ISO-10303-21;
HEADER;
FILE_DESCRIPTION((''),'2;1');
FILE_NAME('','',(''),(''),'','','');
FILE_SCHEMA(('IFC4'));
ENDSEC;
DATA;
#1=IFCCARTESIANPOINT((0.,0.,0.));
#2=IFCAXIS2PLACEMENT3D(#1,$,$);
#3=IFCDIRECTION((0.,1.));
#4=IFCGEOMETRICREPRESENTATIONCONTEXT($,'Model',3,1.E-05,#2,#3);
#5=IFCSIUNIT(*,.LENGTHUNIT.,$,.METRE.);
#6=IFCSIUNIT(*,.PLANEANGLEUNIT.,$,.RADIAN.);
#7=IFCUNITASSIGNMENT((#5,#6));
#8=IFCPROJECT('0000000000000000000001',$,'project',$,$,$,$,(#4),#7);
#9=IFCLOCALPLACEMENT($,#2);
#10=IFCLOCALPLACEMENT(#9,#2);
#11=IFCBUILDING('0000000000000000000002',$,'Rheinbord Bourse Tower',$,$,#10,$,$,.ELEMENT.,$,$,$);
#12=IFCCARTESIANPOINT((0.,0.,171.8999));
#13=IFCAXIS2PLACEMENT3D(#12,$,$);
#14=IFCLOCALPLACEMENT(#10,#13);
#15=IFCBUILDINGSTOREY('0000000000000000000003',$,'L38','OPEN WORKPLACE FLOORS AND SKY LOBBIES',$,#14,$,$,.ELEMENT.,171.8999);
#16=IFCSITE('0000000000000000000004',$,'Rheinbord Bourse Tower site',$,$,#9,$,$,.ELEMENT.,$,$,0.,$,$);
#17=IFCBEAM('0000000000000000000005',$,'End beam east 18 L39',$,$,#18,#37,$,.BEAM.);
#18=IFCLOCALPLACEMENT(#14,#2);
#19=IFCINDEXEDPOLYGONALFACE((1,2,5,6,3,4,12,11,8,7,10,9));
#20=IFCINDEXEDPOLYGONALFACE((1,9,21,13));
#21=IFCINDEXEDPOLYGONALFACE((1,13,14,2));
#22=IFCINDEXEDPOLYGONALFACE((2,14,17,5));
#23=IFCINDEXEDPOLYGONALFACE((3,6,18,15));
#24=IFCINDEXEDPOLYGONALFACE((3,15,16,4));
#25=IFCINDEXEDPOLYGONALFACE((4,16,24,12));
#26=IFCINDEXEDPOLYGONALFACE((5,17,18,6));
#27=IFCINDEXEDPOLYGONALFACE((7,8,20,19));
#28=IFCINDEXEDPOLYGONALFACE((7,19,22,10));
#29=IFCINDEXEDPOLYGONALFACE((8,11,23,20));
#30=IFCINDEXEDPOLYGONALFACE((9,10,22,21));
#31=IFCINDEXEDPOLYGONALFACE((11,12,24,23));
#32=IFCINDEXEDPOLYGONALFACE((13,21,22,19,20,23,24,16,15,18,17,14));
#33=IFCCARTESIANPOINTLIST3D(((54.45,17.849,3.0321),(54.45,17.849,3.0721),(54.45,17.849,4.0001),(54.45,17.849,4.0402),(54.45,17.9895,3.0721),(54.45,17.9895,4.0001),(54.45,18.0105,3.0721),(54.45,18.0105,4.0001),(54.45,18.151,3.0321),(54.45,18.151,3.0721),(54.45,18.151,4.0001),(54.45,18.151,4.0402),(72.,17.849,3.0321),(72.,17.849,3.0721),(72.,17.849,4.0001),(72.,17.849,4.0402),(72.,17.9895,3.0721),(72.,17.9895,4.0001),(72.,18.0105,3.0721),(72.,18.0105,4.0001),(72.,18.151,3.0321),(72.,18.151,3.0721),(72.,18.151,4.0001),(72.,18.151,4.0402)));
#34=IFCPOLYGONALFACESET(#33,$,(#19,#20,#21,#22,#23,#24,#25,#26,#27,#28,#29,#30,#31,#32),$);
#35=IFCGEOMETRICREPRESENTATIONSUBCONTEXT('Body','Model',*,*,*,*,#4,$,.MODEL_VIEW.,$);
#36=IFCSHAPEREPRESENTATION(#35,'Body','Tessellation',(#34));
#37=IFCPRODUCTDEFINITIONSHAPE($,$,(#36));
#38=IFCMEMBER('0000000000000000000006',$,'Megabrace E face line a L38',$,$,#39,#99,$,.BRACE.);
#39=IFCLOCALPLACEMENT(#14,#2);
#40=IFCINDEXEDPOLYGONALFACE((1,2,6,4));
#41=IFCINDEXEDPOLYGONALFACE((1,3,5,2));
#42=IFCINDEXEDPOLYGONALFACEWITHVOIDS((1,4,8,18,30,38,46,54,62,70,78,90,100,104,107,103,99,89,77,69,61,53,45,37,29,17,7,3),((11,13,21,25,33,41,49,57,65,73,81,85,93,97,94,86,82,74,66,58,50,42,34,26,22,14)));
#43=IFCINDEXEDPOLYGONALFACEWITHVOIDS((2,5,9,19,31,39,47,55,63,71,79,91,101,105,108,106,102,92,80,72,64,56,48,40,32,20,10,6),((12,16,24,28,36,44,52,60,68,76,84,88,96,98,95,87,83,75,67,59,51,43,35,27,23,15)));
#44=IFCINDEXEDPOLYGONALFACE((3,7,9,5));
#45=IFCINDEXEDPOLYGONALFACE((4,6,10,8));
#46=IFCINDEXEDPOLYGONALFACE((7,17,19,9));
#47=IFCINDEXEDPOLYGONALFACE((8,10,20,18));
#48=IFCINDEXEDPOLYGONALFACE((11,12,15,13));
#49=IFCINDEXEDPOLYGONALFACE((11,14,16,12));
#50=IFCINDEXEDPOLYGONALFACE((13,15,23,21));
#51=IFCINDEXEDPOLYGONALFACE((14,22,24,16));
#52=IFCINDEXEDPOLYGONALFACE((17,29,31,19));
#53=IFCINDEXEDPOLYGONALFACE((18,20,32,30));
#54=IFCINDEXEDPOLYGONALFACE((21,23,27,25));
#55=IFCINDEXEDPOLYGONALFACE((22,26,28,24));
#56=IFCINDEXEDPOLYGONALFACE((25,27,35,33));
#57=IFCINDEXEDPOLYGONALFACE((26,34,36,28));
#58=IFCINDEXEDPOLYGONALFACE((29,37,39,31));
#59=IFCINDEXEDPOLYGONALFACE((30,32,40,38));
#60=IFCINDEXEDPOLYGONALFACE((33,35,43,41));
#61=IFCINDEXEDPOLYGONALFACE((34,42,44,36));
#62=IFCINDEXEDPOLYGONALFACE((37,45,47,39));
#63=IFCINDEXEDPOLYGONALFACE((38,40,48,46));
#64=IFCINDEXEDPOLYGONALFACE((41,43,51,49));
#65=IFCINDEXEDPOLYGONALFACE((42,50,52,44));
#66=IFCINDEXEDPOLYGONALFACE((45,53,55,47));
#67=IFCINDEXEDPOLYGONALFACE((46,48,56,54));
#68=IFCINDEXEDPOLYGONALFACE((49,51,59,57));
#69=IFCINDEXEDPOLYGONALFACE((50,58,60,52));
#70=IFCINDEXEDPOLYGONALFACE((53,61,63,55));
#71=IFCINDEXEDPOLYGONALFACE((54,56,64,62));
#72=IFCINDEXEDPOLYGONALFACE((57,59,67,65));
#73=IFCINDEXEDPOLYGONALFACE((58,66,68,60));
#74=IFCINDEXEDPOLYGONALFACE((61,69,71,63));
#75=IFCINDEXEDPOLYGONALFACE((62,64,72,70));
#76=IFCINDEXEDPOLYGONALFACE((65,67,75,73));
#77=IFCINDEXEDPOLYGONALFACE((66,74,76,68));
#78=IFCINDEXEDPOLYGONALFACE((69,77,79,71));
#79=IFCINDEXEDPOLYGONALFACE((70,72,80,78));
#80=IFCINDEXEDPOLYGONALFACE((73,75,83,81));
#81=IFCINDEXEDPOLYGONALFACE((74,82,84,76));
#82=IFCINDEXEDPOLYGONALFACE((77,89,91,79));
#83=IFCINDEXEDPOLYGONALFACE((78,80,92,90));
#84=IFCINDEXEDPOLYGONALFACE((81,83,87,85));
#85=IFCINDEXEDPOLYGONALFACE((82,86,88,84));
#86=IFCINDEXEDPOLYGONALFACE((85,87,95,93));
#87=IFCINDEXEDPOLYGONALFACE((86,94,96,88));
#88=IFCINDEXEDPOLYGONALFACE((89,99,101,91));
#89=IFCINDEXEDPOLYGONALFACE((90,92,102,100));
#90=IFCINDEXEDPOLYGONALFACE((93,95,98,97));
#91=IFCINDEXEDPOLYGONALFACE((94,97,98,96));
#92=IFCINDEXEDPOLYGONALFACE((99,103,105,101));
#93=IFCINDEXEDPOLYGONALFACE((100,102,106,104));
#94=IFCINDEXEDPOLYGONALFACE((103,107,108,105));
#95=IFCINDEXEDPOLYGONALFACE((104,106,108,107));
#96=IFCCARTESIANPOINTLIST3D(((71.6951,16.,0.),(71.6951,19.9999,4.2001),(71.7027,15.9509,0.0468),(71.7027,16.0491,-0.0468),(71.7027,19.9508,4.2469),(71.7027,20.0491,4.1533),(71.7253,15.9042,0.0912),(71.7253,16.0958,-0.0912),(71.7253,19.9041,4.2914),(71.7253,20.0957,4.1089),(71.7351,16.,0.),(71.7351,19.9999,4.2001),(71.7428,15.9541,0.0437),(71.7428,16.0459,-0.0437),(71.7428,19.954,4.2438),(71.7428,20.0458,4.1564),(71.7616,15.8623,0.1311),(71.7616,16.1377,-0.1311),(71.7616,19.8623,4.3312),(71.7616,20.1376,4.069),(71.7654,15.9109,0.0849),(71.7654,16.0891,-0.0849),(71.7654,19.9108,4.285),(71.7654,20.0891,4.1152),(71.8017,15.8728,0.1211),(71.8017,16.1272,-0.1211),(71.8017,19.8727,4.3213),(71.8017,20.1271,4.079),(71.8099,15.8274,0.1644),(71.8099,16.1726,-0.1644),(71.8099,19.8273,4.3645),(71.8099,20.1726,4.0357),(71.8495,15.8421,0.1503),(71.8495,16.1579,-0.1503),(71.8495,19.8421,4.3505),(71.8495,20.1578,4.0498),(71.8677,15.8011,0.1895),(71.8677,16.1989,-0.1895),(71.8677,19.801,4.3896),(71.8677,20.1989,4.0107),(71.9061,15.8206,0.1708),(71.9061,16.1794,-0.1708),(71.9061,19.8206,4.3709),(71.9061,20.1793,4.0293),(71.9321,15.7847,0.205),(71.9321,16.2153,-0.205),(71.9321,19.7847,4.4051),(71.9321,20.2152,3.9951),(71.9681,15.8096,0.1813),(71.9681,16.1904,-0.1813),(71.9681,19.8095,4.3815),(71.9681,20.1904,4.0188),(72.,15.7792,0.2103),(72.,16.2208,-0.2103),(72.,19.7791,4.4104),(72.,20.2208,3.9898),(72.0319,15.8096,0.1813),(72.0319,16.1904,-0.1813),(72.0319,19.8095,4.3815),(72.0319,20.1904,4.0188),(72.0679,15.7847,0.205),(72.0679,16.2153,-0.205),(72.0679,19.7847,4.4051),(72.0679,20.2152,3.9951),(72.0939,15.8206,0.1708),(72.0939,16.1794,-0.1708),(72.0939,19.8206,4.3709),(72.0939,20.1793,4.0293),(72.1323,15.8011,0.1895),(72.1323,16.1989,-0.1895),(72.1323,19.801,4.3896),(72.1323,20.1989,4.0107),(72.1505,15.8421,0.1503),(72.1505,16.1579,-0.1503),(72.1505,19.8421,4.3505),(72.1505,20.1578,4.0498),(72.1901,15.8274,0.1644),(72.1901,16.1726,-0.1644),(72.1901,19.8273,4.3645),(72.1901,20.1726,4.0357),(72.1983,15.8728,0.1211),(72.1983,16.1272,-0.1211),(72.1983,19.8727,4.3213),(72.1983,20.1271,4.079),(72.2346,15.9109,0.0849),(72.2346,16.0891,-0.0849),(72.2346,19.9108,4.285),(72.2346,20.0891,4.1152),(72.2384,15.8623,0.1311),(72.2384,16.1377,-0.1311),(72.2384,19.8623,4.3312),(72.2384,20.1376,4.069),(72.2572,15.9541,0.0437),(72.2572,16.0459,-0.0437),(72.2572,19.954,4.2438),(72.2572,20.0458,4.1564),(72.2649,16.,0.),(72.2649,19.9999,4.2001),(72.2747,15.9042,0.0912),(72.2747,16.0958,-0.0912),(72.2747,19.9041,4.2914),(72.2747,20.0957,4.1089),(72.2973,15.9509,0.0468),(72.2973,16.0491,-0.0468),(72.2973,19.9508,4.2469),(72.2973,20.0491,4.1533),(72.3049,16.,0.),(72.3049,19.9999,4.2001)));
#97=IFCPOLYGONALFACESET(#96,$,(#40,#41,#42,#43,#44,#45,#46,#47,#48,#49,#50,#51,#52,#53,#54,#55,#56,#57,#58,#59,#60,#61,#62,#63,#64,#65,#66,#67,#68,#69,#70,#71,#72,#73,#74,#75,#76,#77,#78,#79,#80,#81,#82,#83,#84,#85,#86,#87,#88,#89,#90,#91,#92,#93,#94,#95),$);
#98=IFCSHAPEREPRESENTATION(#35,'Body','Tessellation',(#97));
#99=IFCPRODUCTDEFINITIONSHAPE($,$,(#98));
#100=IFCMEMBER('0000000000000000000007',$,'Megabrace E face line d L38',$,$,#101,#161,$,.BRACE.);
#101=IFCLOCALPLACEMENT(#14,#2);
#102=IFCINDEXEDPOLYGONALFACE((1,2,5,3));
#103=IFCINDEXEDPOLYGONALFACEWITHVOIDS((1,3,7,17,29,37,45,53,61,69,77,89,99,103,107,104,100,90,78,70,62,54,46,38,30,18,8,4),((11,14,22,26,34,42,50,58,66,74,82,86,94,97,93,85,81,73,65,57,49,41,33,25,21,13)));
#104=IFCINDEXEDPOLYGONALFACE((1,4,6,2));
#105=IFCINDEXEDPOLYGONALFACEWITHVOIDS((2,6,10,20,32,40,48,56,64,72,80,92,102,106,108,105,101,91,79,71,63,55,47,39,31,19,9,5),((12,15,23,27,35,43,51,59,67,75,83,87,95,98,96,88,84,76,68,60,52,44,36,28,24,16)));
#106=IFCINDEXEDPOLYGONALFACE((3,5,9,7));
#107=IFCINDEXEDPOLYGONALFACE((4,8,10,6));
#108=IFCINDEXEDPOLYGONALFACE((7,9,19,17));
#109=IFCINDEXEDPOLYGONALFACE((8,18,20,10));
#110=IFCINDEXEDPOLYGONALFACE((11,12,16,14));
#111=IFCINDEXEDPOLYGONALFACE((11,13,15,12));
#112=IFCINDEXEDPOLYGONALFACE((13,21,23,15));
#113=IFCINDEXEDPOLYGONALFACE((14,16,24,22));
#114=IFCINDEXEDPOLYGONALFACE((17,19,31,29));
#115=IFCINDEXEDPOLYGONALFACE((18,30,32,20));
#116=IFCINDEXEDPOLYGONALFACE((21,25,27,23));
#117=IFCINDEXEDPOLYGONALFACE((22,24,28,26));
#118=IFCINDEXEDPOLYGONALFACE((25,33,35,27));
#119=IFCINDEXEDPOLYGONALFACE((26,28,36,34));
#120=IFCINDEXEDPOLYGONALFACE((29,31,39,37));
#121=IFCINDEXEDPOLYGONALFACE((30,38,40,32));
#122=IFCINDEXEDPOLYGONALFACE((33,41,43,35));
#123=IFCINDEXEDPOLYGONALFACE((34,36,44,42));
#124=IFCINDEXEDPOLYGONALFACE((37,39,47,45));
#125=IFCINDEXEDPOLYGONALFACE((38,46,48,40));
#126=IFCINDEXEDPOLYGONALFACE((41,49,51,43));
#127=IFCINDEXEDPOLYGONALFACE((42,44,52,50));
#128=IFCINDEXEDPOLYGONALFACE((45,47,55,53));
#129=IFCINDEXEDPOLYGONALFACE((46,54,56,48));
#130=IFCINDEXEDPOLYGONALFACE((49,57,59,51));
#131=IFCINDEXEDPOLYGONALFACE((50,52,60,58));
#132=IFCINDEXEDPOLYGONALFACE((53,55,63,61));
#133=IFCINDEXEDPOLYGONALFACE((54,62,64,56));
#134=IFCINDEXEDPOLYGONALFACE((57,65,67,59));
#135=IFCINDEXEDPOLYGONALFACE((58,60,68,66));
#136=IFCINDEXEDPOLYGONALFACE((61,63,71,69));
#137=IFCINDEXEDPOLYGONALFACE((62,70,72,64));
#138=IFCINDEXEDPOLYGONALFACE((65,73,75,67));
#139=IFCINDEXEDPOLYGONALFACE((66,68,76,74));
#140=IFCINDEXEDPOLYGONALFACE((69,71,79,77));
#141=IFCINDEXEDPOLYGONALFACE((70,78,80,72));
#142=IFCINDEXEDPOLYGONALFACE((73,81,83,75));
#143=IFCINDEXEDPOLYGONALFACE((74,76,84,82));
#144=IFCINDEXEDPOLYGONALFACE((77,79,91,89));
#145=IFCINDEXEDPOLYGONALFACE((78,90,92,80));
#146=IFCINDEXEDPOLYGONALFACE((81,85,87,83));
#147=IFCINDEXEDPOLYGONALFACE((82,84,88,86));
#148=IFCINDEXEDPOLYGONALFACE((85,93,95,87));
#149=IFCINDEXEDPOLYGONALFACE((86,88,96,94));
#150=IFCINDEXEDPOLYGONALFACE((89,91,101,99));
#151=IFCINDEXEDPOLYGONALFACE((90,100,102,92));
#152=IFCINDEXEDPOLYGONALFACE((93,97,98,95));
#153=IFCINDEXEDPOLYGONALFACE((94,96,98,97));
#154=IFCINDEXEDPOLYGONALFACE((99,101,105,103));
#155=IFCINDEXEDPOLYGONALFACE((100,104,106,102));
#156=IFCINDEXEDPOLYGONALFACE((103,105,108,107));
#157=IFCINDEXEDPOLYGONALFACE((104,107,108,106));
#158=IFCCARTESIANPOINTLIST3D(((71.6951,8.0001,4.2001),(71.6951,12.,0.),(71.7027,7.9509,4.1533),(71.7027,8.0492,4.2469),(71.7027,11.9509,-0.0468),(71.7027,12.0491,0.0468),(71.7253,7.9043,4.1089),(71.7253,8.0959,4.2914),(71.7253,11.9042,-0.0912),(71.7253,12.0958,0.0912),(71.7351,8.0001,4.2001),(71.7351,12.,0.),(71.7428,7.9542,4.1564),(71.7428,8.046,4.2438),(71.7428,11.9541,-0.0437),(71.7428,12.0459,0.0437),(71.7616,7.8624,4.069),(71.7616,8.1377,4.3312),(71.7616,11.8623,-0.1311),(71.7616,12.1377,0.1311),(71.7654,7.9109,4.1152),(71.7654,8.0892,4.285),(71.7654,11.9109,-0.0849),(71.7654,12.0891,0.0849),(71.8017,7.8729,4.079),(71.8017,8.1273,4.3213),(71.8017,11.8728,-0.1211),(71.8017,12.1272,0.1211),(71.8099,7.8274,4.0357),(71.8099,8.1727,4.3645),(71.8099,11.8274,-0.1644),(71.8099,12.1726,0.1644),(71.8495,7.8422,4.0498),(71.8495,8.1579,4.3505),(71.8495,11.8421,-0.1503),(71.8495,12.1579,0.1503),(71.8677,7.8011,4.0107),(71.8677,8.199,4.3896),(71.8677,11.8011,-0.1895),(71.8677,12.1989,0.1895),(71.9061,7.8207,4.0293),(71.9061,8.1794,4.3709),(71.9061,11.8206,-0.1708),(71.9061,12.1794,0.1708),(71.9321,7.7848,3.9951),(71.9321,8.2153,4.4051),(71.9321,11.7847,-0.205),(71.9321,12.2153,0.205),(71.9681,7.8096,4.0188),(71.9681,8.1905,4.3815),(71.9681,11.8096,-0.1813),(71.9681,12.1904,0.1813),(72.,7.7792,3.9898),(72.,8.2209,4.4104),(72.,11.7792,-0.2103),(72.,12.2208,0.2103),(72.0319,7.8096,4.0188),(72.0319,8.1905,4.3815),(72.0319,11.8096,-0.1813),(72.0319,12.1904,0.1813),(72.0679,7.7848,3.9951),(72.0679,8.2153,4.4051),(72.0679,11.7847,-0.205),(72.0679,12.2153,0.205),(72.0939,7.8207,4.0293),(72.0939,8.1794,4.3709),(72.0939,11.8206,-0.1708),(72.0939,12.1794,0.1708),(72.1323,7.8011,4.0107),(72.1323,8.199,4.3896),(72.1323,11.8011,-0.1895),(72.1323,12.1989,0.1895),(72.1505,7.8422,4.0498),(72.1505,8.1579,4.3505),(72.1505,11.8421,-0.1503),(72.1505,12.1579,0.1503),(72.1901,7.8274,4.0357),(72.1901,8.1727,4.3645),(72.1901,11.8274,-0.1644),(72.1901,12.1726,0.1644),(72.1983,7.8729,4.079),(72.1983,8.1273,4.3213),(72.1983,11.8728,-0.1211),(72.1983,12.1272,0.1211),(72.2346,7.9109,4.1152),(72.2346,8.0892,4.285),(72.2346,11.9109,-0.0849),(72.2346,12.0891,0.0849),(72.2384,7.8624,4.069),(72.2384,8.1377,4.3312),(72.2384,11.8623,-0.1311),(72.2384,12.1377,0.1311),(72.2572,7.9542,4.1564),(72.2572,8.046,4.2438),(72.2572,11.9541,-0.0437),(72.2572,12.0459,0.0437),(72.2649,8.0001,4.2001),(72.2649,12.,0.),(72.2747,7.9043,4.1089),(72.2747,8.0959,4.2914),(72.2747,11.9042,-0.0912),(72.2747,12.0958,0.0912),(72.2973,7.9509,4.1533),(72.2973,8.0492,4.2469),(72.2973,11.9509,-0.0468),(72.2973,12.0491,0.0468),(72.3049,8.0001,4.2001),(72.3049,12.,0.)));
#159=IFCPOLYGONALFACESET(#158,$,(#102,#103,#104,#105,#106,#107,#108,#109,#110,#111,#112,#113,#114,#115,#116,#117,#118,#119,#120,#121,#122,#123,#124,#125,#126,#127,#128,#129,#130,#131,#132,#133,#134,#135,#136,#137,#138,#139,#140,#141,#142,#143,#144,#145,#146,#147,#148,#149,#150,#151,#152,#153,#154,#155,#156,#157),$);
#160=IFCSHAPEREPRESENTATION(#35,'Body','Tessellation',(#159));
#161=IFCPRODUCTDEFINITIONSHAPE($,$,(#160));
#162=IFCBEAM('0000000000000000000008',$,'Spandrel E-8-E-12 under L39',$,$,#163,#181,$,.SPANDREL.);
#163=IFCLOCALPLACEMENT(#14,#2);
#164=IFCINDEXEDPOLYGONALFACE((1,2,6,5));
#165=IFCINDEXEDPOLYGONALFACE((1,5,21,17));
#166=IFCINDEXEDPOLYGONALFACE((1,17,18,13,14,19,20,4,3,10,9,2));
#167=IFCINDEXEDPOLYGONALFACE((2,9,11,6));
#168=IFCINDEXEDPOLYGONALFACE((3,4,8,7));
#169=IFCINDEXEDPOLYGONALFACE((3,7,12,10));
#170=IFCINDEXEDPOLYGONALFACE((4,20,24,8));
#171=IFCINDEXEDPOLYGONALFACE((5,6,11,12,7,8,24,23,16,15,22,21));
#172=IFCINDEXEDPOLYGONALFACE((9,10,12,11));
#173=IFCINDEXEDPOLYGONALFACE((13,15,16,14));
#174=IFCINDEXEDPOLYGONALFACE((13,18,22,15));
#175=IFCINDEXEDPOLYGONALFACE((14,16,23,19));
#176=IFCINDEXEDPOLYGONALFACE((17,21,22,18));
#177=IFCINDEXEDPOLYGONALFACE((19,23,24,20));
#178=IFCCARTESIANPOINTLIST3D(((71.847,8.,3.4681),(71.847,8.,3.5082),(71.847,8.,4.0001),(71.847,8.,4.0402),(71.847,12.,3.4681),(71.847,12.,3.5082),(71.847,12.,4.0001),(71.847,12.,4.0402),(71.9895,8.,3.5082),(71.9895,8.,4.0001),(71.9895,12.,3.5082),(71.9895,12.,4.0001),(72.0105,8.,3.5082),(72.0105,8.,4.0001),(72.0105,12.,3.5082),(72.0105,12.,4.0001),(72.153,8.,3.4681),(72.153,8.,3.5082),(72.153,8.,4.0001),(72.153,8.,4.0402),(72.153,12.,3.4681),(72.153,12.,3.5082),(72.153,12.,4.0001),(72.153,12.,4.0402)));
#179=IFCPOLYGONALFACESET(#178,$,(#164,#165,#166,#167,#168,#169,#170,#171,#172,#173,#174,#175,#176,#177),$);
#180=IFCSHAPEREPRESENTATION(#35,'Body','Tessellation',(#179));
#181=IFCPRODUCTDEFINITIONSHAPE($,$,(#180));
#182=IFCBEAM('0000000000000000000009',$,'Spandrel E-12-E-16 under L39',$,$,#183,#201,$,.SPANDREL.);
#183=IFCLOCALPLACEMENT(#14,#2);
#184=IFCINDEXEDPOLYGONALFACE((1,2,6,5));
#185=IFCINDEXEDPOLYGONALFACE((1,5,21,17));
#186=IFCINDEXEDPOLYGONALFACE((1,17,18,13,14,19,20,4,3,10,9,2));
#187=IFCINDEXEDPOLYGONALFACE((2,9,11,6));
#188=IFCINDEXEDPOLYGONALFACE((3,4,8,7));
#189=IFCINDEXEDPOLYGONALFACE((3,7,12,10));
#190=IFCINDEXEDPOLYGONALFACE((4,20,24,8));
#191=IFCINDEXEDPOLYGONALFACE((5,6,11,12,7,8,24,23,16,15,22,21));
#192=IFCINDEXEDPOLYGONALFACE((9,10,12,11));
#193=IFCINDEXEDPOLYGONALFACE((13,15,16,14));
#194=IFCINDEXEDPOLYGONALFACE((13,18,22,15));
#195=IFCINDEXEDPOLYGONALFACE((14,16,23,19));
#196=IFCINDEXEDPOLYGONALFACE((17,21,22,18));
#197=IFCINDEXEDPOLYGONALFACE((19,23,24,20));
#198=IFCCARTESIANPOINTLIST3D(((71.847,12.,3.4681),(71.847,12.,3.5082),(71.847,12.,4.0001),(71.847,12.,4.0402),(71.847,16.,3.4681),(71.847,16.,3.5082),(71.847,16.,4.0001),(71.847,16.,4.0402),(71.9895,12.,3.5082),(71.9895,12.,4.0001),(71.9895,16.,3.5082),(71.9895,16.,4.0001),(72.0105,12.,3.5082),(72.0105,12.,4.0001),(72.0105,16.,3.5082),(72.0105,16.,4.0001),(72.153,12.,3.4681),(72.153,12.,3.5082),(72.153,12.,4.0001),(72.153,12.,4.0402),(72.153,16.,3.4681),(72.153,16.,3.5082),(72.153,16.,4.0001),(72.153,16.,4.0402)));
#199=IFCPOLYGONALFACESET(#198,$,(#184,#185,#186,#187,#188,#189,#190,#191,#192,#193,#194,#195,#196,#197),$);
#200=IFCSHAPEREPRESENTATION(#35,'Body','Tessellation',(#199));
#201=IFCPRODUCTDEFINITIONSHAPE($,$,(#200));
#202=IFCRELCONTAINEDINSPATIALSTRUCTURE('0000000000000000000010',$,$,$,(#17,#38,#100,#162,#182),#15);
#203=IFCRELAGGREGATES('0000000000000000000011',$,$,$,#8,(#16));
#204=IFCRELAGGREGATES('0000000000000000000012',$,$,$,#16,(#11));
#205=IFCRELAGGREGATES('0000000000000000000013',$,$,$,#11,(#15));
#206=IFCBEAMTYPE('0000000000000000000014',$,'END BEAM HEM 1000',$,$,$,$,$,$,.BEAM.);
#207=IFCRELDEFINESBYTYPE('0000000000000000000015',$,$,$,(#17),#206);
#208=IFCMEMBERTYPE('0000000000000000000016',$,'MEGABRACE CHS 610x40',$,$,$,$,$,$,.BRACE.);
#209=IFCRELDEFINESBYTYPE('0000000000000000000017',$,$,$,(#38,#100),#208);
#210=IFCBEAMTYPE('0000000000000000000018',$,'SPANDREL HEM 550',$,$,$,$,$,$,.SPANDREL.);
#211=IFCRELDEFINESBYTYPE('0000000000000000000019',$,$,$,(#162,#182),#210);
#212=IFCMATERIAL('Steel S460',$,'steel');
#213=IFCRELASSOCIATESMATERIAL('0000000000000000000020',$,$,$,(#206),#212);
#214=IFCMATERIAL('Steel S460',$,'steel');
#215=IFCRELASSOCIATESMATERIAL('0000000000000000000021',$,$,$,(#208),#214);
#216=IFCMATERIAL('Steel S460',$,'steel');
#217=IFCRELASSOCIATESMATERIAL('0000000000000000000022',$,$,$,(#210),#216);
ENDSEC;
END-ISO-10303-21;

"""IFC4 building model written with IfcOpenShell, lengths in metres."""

from ifc_helpers import new_model, si_unit, direction, frame, origin, origin_2d, place, context, subcontext, project, spatial, hollow_circle, i_section, extrude, material, material_profile, profile_set, type_object, element, save


model = new_model("IFC4")

# Units and contexts
model_context = context("Model", 3, precision=1e-05, world=origin(), true_north=direction((0.0, 1.0)))
body_context = subcontext(model_context, "Body", "Model", "MODEL_VIEW")
ifc_project = project(units=[si_unit("LENGTHUNIT", "METRE"), si_unit("PLANEANGLEUNIT", "RADIAN")], contexts=[model_context])

# Site, building, storey
site_placement = place(None, origin())
site = spatial("IfcSite", under=ifc_project, at=site_placement, Name="Rheinbord Bourse Tower site", CompositionType="ELEMENT", RefElevation=0.0)
building_placement = place(site_placement, origin())
building = spatial("IfcBuilding", under=site, at=building_placement, Name="Rheinbord Bourse Tower", CompositionType="ELEMENT")
storey_placement = place(building_placement, frame((0.0, 0.0, 171.8999)))
storey = spatial("IfcBuildingStorey", under=building, at=storey_placement, Name="L38", Description="OPEN WORKPLACE FLOORS AND SKY LOBBIES", CompositionType="ELEMENT", Elevation=171.8999)

# Beam
ifc_material_1 = material(Name="Steel S460", Category="steel")
ifc_material_profile_1 = material_profile(ifc_material_1, i_section(OverallWidth=0.302, OverallDepth=1.0081, WebThickness=0.021, FlangeThickness=0.04, at=origin_2d()), Name="HEM 1000")
ifc_profile_set_1 = profile_set([ifc_material_profile_1], Name="Steel S460")
beam_type_1 = type_object("IfcBeamType", Name="END BEAM HEM 1000", PredefinedType="BEAM", material=ifc_profile_set_1)
beam_placement = place(storey_placement, frame((54.45, 18.0, 3.5361), z_axis=(1.0, 0.0, 0.0), x_axis=(0.0, 1.0, 0.0)))
element("IfcBeam", 1, at=beam_placement, inside=storey, type_object=beam_type_1, Name="End beam east 18 L39", PredefinedType="BEAM", context=body_context, shape_type="SweptSolid", body=[
    extrude(i_section(OverallWidth=0.302, OverallDepth=1.0081, WebThickness=0.021, FlangeThickness=0.04, at=origin_2d()), origin(), (0.0, 0.0, 1.0), 17.55),
])

# Members
ifc_material_2 = material(Name="Steel S460", Category="steel")
ifc_material_profile_2 = material_profile(ifc_material_2, hollow_circle(Radius=0.3049, WallThickness=0.04, at=origin_2d()), Name="CHS 610x40")
ifc_profile_set_2 = profile_set([ifc_material_profile_2], Name="Steel S460")
member_type_1 = type_object("IfcMemberType", Name="MEGABRACE CHS 610x40", PredefinedType="BRACE", material=ifc_profile_set_2)
for number, where, z_axis, x_axis, name in (
    (2, (72.0, 16.0, 0.0), (0.0, 0.689638, 0.724154), (-1.0, 0.0, 0.0), "Megabrace E face line a L38"),
    (3, (72.0, 12.0, 0.0), (0.0, -0.689638, 0.724154), (1.0, 0.0, 0.0), "Megabrace E face line d L38"),
):
    element("IfcMember", number, at=place(storey_placement, frame(where, z_axis=z_axis, x_axis=x_axis)), inside=storey, type_object=member_type_1, Name=name, PredefinedType="BRACE", context=body_context, shape_type="SweptSolid", body=[
        extrude(hollow_circle(Radius=0.3049, WallThickness=0.04, at=origin_2d()), origin(), (0.0, 0.0, 1.0), 5.8),
    ])

# Beams
ifc_material_3 = material(Name="Steel S460", Category="steel")
ifc_material_profile_3 = material_profile(ifc_material_3, i_section(OverallWidth=0.3059, OverallDepth=0.572, WebThickness=0.021, FlangeThickness=0.04, at=origin_2d()), Name="HEM 550")
ifc_profile_set_3 = profile_set([ifc_material_profile_3], Name="Steel S460")
beam_type_2 = type_object("IfcBeamType", Name="SPANDREL HEM 550", PredefinedType="SPANDREL", material=ifc_profile_set_3)
for number, where, z_axis, x_axis, name in (
    (4, (72.0, 8.0, 3.7542), (0.0, 1.0, 0.0), (-1.0, 0.0, 0.0), "Spandrel E-8-E-12 under L39"),
    (5, (72.0, 12.0, 3.7542), (0.0, 1.0, 0.0), (-1.0, 0.0, 0.0), "Spandrel E-12-E-16 under L39"),
):
    element("IfcBeam", number, at=place(storey_placement, frame(where, z_axis=z_axis, x_axis=x_axis)), inside=storey, type_object=beam_type_2, Name=name, PredefinedType="SPANDREL", context=body_context, shape_type="SweptSolid", body=[
        extrude(i_section(OverallWidth=0.3059, OverallDepth=0.572, WebThickness=0.021, FlangeThickness=0.04, at=origin_2d()), origin(), (0.0, 0.0, 1.0), 4.0),
    ])

save(model, "model.ifc")
